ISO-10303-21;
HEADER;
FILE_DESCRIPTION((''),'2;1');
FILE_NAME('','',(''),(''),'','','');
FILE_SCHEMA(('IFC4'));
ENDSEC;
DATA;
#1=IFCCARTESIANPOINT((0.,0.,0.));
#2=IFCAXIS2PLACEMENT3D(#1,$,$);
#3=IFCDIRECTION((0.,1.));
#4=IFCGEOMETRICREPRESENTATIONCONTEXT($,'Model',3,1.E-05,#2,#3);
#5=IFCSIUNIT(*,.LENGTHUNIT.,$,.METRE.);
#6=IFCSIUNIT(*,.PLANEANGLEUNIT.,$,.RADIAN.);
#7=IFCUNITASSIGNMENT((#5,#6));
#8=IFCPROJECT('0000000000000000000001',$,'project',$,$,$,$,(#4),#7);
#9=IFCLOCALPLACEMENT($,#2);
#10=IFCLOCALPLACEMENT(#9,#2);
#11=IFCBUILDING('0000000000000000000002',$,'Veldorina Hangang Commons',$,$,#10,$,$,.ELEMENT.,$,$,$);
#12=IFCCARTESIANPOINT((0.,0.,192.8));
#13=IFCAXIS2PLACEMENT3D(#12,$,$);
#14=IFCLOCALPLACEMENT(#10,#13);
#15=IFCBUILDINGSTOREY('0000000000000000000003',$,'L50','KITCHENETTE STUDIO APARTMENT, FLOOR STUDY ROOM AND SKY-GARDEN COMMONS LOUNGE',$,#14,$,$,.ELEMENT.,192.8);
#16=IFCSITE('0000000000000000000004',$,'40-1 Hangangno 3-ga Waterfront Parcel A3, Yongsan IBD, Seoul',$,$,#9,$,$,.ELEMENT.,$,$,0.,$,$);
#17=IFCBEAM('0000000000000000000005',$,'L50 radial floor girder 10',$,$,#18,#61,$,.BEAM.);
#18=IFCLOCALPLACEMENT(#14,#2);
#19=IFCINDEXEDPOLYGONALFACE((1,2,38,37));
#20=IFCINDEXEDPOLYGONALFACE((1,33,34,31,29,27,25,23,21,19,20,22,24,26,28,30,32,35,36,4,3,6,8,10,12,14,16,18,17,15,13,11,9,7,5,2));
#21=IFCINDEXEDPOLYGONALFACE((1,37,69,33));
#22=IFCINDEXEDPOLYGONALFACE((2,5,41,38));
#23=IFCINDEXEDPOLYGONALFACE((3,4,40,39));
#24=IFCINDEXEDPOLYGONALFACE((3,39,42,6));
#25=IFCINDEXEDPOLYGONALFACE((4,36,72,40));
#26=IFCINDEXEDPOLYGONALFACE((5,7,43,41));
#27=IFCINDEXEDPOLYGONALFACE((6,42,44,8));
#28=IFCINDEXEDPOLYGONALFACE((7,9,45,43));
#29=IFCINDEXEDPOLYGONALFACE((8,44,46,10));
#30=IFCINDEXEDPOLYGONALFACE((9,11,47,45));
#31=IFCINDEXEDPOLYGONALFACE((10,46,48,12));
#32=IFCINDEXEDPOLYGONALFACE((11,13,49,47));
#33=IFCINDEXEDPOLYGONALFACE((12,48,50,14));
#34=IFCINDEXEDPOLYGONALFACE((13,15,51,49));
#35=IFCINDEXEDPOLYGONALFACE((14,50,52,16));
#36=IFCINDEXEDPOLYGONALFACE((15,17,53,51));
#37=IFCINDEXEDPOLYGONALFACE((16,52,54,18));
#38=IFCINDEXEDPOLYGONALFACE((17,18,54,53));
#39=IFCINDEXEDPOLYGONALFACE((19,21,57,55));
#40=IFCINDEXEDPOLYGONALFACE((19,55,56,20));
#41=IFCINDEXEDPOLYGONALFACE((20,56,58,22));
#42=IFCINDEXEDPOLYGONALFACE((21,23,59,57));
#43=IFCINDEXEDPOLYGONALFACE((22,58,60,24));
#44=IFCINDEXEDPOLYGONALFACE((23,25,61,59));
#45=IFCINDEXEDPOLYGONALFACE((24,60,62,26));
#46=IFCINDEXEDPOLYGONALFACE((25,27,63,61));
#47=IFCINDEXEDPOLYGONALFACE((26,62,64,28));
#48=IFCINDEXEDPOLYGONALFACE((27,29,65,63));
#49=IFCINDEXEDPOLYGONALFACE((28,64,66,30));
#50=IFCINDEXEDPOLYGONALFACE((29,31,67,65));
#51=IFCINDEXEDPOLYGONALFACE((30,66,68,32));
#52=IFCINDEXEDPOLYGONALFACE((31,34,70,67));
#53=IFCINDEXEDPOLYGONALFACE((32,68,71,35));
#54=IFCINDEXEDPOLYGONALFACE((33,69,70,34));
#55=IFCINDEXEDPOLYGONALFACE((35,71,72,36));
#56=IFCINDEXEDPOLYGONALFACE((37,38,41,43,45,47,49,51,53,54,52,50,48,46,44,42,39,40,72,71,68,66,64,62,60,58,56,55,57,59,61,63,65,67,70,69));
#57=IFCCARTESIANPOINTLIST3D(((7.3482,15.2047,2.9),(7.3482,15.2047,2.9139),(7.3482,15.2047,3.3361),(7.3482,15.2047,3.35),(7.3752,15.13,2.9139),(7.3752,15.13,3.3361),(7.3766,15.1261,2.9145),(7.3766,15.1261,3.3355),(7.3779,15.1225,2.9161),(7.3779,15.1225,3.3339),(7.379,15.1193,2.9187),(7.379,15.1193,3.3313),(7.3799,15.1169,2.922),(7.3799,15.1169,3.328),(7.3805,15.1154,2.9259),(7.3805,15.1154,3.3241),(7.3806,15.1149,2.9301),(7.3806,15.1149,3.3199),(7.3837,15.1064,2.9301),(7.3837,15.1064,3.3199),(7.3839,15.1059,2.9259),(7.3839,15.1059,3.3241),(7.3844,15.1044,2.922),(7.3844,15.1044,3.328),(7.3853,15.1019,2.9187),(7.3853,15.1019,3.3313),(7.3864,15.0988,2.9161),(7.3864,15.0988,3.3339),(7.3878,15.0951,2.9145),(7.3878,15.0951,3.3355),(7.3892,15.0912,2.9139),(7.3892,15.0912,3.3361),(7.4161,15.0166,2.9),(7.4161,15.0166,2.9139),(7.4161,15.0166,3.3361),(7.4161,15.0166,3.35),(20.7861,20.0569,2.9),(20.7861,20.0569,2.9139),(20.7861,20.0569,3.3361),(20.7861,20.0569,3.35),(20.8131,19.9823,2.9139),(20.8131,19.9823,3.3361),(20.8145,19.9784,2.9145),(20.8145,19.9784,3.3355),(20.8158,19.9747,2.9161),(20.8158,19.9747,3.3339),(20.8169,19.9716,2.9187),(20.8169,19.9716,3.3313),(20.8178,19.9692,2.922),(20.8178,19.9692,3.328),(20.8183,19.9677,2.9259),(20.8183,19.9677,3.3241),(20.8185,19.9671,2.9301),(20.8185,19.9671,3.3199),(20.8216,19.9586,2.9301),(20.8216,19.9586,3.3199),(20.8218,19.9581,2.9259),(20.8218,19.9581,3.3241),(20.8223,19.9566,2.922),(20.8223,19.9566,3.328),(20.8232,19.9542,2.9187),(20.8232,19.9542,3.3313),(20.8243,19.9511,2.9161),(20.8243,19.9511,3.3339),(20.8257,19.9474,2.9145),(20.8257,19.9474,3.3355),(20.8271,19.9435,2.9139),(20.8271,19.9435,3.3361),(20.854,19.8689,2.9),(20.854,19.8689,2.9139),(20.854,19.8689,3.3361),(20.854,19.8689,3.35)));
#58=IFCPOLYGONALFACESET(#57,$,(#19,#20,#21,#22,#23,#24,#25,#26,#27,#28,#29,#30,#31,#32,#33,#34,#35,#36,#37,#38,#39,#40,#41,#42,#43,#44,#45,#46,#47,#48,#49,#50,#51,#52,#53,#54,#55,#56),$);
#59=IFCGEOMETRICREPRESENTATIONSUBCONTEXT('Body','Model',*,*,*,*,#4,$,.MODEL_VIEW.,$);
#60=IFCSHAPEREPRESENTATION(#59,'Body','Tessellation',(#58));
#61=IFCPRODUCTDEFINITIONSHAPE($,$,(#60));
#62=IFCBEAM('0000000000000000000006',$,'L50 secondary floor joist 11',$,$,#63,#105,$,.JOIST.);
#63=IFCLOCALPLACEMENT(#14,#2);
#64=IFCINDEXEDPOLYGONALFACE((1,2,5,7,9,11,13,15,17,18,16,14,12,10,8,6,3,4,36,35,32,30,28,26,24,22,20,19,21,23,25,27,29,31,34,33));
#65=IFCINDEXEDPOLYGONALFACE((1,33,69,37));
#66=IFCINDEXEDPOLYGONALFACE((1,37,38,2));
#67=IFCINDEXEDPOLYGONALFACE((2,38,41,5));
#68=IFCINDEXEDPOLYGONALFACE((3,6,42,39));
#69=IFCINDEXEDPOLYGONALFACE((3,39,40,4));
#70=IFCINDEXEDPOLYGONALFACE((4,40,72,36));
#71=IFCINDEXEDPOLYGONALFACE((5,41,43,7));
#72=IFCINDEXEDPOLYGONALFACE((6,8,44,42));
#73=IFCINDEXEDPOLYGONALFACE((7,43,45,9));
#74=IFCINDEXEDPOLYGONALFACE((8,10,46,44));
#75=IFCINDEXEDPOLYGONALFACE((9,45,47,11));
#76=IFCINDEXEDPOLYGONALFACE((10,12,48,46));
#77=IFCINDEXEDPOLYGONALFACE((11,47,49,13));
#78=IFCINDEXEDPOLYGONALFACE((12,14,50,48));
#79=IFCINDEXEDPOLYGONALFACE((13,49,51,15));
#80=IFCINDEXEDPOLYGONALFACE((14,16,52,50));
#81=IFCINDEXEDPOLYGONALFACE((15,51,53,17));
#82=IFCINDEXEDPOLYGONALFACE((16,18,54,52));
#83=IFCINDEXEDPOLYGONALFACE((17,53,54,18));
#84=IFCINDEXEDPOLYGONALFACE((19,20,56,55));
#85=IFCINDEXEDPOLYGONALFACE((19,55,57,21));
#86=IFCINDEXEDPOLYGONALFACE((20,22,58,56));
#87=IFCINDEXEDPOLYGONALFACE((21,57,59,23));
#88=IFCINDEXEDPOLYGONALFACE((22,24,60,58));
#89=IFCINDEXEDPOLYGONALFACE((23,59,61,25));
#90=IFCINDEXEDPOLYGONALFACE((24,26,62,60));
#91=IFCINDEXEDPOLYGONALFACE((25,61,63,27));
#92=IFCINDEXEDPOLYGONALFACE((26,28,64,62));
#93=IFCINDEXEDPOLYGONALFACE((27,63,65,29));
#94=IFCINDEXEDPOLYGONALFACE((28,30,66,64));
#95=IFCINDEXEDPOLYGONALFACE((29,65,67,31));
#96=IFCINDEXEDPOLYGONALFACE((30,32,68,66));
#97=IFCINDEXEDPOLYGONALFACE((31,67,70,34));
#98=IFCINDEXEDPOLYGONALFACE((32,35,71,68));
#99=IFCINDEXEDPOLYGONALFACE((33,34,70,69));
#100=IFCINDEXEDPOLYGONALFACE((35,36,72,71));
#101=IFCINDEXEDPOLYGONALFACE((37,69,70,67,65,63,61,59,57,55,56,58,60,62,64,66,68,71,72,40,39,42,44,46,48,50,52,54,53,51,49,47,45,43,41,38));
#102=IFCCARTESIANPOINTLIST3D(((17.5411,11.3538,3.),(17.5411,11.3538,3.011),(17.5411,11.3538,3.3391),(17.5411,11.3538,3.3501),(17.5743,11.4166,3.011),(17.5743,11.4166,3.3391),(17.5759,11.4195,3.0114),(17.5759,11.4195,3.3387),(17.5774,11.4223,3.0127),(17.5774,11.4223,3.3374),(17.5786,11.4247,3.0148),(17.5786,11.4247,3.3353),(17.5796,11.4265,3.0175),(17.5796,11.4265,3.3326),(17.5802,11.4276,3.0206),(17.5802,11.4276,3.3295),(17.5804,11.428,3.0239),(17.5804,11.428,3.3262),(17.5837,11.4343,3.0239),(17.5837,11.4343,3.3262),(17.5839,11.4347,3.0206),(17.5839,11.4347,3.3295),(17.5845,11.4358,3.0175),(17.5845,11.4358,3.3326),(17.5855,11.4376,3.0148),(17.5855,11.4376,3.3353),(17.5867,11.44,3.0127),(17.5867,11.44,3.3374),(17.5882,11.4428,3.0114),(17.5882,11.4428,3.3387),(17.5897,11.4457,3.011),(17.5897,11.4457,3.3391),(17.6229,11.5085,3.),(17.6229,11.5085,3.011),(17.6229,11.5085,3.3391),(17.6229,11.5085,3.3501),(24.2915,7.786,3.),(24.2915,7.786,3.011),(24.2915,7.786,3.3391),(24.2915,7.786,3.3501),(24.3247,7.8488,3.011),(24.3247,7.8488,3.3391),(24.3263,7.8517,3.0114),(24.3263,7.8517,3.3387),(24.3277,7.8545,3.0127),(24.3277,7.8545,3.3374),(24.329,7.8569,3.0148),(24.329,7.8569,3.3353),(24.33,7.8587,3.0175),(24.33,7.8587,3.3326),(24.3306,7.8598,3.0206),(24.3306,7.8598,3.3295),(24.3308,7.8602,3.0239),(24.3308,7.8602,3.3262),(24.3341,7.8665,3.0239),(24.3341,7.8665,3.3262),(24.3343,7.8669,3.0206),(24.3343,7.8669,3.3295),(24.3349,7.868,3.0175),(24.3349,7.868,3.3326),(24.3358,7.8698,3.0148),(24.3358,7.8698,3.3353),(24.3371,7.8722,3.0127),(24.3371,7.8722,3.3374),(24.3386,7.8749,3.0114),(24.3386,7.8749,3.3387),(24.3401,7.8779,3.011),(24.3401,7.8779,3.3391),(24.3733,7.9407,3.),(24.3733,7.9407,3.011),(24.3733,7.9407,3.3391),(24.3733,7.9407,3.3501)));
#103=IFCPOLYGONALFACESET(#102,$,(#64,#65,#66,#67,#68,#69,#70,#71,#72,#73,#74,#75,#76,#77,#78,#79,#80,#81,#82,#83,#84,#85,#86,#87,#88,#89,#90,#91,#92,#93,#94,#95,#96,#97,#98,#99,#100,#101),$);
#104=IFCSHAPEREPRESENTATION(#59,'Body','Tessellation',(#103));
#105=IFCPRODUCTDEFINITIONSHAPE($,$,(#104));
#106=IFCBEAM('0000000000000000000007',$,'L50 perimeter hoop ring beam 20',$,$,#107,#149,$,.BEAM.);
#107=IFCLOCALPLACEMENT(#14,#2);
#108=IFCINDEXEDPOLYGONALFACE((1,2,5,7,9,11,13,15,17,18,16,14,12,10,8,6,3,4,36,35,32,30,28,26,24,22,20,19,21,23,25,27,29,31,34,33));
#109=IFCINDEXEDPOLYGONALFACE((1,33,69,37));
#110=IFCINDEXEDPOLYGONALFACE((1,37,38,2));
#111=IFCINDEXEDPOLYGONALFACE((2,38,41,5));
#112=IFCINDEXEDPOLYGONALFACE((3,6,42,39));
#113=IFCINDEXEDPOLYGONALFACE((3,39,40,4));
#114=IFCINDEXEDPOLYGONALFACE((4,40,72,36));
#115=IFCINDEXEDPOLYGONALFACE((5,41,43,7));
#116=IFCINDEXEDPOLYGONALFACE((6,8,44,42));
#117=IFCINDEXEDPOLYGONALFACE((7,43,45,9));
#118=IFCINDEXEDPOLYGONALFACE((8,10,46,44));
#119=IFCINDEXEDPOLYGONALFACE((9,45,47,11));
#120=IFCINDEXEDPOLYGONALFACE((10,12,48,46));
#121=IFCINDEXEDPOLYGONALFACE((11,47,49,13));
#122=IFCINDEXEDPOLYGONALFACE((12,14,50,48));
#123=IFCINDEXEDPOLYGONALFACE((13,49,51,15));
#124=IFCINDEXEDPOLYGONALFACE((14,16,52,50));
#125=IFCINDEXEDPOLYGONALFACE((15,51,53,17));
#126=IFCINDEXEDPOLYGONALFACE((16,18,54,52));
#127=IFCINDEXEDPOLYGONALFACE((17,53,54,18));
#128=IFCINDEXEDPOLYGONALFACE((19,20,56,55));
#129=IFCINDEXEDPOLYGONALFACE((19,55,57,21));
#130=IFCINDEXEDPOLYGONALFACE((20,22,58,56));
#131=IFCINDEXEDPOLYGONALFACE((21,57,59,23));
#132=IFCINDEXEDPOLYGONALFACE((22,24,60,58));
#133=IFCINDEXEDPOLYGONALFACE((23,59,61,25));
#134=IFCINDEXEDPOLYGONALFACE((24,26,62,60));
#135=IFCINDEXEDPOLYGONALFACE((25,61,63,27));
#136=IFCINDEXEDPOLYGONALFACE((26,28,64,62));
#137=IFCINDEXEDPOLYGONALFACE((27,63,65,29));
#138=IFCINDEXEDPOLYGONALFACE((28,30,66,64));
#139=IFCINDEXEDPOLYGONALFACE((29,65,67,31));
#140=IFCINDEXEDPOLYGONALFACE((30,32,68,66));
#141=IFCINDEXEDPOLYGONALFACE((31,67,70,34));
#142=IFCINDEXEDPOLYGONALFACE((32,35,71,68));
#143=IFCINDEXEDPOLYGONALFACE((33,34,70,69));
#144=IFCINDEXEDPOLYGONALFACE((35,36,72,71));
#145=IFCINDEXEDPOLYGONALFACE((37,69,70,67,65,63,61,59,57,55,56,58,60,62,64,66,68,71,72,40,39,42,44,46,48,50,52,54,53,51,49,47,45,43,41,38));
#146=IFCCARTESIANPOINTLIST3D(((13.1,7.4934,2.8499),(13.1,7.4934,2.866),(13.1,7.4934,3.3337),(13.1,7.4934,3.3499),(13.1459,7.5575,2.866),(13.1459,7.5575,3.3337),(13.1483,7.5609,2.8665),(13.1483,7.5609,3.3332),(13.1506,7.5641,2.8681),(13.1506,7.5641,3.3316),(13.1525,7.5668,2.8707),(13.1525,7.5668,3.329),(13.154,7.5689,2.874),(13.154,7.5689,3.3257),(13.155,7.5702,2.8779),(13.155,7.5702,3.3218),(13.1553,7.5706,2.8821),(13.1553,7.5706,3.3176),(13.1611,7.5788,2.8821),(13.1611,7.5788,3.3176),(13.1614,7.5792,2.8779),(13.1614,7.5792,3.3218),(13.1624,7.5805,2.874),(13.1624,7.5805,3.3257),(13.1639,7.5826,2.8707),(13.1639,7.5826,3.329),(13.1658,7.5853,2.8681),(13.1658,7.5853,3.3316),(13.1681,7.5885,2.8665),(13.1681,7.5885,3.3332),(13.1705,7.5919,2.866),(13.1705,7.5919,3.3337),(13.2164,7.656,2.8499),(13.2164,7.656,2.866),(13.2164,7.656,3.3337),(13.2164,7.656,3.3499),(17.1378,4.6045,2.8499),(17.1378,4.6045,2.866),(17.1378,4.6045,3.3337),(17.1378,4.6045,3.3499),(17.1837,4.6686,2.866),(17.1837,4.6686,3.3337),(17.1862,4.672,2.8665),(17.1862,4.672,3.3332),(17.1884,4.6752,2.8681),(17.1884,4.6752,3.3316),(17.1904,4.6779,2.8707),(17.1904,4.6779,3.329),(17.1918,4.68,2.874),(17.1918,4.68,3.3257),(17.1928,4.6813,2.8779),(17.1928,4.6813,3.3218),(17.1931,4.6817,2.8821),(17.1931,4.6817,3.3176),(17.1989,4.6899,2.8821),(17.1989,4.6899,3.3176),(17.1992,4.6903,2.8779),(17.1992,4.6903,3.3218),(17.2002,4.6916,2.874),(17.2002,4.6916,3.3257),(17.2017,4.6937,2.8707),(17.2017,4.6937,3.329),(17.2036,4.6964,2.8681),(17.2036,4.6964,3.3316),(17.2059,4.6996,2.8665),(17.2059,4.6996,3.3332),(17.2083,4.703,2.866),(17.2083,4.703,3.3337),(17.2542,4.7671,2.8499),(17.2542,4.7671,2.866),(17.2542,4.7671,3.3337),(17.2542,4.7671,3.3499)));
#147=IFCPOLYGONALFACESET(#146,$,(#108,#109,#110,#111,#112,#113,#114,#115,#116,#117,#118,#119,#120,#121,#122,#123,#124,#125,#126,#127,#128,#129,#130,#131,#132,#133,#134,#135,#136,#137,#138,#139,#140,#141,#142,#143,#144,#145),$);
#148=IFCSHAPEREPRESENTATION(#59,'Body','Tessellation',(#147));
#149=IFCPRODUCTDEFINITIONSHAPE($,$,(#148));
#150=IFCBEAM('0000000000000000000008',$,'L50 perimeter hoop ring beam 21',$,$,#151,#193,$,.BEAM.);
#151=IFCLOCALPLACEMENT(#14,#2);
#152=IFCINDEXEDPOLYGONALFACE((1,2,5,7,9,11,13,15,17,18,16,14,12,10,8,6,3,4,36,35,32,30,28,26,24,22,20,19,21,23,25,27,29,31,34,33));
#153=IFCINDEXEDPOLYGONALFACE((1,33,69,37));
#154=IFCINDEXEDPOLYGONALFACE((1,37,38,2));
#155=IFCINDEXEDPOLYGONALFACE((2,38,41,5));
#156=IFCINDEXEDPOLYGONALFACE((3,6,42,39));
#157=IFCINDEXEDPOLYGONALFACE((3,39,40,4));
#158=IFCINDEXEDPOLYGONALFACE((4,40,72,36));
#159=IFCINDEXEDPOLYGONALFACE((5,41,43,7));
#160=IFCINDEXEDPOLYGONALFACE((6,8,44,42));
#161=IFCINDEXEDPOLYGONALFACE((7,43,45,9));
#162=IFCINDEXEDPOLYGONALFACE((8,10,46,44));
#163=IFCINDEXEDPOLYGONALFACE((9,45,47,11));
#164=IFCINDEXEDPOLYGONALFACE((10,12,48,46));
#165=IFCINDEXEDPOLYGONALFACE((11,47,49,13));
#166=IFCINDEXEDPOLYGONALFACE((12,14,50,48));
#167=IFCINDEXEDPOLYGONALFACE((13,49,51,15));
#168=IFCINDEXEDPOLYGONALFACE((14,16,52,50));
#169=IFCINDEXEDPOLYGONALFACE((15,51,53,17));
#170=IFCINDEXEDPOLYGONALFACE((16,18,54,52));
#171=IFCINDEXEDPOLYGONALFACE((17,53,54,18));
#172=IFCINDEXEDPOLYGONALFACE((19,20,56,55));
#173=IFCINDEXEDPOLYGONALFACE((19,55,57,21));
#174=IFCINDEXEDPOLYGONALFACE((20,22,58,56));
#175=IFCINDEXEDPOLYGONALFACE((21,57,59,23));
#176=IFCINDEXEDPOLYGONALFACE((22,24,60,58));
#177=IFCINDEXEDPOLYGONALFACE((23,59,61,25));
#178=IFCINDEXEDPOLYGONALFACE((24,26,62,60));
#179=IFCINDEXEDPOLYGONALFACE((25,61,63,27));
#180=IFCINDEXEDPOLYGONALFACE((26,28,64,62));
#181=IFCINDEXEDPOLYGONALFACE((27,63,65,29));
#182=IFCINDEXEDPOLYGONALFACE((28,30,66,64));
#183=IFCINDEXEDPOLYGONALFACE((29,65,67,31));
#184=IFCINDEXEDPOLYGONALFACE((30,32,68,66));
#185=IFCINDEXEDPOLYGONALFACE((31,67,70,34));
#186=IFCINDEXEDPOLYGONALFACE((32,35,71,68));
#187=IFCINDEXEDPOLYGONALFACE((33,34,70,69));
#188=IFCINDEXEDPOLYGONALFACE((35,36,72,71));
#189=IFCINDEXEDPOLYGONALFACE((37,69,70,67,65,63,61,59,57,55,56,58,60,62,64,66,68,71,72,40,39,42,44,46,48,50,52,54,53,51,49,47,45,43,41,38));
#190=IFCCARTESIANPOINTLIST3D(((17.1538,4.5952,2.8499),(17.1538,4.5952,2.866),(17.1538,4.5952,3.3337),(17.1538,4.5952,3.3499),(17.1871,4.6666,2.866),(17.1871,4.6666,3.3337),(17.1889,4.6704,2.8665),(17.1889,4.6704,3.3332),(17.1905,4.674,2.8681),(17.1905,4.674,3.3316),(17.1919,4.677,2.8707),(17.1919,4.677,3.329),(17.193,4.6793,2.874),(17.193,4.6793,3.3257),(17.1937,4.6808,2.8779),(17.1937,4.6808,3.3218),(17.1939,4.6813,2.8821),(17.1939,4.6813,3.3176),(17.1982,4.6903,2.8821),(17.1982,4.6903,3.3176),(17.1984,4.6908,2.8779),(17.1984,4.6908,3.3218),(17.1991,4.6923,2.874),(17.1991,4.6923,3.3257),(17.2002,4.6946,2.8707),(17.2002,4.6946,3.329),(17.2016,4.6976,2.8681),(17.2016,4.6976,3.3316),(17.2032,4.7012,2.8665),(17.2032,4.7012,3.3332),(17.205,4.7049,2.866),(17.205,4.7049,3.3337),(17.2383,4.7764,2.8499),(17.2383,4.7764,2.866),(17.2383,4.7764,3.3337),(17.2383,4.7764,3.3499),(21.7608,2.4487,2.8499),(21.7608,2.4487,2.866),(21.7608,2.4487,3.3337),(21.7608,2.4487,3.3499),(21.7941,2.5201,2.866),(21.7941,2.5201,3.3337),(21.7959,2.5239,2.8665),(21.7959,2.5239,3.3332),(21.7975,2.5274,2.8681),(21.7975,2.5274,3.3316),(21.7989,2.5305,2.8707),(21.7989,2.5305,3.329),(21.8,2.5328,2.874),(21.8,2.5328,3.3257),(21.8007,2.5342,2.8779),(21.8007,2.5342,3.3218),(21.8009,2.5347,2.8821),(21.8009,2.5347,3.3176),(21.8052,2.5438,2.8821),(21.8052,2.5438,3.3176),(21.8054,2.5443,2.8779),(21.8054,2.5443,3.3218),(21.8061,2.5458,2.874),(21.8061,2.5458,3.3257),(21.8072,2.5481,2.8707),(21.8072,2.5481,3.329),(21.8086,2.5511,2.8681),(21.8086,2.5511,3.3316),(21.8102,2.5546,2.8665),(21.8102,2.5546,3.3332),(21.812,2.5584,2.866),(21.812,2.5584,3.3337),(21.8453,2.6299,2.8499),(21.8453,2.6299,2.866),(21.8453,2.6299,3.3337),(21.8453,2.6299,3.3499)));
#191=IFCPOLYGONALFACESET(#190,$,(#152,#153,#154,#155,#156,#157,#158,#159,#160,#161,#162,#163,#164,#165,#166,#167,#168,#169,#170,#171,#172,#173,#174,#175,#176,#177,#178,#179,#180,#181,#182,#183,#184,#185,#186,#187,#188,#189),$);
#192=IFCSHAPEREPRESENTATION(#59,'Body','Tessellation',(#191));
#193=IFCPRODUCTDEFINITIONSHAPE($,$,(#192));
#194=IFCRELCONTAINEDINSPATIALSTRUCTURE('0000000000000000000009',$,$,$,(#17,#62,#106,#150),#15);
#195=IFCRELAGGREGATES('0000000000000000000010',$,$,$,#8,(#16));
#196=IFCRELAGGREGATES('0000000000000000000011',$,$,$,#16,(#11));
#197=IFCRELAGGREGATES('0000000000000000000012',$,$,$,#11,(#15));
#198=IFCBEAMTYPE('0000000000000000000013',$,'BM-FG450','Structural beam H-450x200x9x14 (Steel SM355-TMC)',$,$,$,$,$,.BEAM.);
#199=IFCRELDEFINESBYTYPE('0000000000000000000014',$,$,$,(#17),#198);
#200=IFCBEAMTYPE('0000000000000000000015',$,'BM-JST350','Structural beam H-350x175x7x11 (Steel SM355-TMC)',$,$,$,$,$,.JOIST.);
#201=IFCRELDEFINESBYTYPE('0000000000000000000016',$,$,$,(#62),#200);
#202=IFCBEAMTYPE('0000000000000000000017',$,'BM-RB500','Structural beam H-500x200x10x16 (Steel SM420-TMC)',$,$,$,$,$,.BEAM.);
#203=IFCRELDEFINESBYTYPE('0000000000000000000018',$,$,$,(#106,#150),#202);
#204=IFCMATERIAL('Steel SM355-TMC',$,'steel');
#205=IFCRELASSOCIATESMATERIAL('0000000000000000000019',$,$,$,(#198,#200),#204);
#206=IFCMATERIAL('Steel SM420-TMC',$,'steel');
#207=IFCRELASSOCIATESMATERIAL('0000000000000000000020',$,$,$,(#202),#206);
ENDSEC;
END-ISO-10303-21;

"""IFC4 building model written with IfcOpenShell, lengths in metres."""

from ifc_helpers import new_model, si_unit, direction, frame, origin, origin_2d, place, context, subcontext, project, spatial, i_section, extrude, material, material_profile, profile_set, type_object, element, save


model = new_model("IFC4")

# Units and contexts
model_context = context("Model", 3, precision=1e-05, world=origin(), true_north=direction((0.0, 1.0)))
body_context = subcontext(model_context, "Body", "Model", "MODEL_VIEW")
ifc_project = project(units=[si_unit("LENGTHUNIT", "METRE"), si_unit("PLANEANGLEUNIT", "RADIAN")], contexts=[model_context])

# Site, building, storey
site_placement = place(None, origin())
site = spatial("IfcSite", under=ifc_project, at=site_placement, Name="40-1 Hangangno 3-ga Waterfront Parcel A3, Yongsan IBD, Seoul", CompositionType="ELEMENT", RefElevation=0.0)
building_placement = place(site_placement, origin())
building = spatial("IfcBuilding", under=site, at=building_placement, Name="Veldorina Hangang Commons", CompositionType="ELEMENT")
storey_placement = place(building_placement, frame((0.0, 0.0, 192.8)))
storey = spatial("IfcBuildingStorey", under=building, at=storey_placement, Name="L50", Description="KITCHENETTE STUDIO APARTMENT, FLOOR STUDY ROOM AND SKY-GARDEN COMMONS LOUNGE", CompositionType="ELEMENT", Elevation=192.8)

# Beams
ifc_material_1 = material(Name="Steel SM355-TMC", Category="steel")
ifc_material_profile_1 = material_profile(ifc_material_1, i_section(OverallWidth=0.2, OverallDepth=0.45, WebThickness=0.009, FlangeThickness=0.0139, FilletRadius=0.0161, at=origin_2d()), Name="H-450x200x9x14")
ifc_profile_set_1 = profile_set([ifc_material_profile_1], Name="Steel SM355-TMC")
beam_type_1 = type_object("IfcBeamType", Name="BM-FG450", Description="Structural beam H-450x200x9x14 (Steel SM355-TMC)", PredefinedType="BEAM", material=ifc_profile_set_1)
beam_1_placement = place(storey_placement, frame((20.8201, 19.9629, 3.125), z_axis=(-0.940561, -0.339625, 0.0), x_axis=(0.339625, -0.940561, 0.0)))
element("IfcBeam", 1, at=beam_1_placement, inside=storey, type_object=beam_type_1, Name="L50 radial floor girder 10", PredefinedType="BEAM", context=body_context, shape_type="SweptSolid", body=[
    extrude(i_section(OverallWidth=0.2, OverallDepth=0.45, WebThickness=0.009, FlangeThickness=0.0139, FilletRadius=0.0161, at=origin_2d()), origin(), (0.0, 0.0, 1.0), 14.2871),
])
ifc_material_profile_2 = material_profile(ifc_material_1, i_section(OverallWidth=0.175, OverallDepth=0.3501, WebThickness=0.0071, FlangeThickness=0.011, FilletRadius=0.0129, at=origin_2d()), Name="H-350x175x7x11")
ifc_profile_set_2 = profile_set([ifc_material_profile_2], Name="Steel SM355-TMC")
beam_type_2 = type_object("IfcBeamType", Name="BM-JST350", Description="Structural beam H-350x175x7x11 (Steel SM355-TMC)", PredefinedType="JOIST", material=ifc_profile_set_2)
beam_2_placement = place(storey_placement, frame((17.582, 11.4312, 3.175), z_axis=(0.884108, -0.467282, 0.0), x_axis=(0.467282, 0.884108, 0.0)))
element("IfcBeam", 2, at=beam_2_placement, inside=storey, type_object=beam_type_2, Name="L50 secondary floor joist 11", PredefinedType="JOIST", context=body_context, shape_type="SweptSolid", body=[
    extrude(i_section(OverallWidth=0.175, OverallDepth=0.3501, WebThickness=0.0071, FlangeThickness=0.011, FilletRadius=0.0129, at=origin_2d()), origin(), (0.0, 0.0, 1.0), 7.6353),
])
ifc_material_2 = material(Name="Steel SM420-TMC", Category="steel")
ifc_material_profile_3 = material_profile(ifc_material_2, i_section(OverallWidth=0.2, OverallDepth=0.5, WebThickness=0.01, FlangeThickness=0.0161, FilletRadius=0.0161, at=origin_2d()), Name="H-500x200x10x16")
ifc_profile_set_3 = profile_set([ifc_material_profile_3], Name="Steel SM420-TMC")
beam_type_3 = type_object("IfcBeamType", Name="BM-RB500", Description="Structural beam H-500x200x10x16 (Steel SM420-TMC)", PredefinedType="BEAM", material=ifc_profile_set_3)
beam_3_placement = place(storey_placement, frame((13.1582, 7.5747, 3.0999), z_axis=(0.813281, -0.581871, 0.0), x_axis=(0.581871, 0.813281, 0.0)))
element("IfcBeam", 3, at=beam_3_placement, inside=storey, type_object=beam_type_3, Name="L50 perimeter hoop ring beam 20", PredefinedType="BEAM", context=body_context, shape_type="SweptSolid", body=[
    extrude(i_section(OverallWidth=0.2, OverallDepth=0.5, WebThickness=0.01, FlangeThickness=0.0161, FilletRadius=0.0161, at=origin_2d()), origin(), (0.0, 0.0, 1.0), 4.9648),
])
beam_4_placement = place(storey_placement, frame((17.196, 4.6858, 3.0999), z_axis=(0.906441, -0.422333, 0.0), x_axis=(0.422333, 0.906441, 0.0)))
element("IfcBeam", 4, at=beam_4_placement, inside=storey, type_object=beam_type_3, Name="L50 perimeter hoop ring beam 21", PredefinedType="BEAM", context=body_context, shape_type="SweptSolid", body=[
    extrude(i_section(OverallWidth=0.2, OverallDepth=0.5, WebThickness=0.01, FlangeThickness=0.0161, FilletRadius=0.0161, at=origin_2d()), origin(), (0.0, 0.0, 1.0), 5.0825),
])

save(model, "model.ifc")
